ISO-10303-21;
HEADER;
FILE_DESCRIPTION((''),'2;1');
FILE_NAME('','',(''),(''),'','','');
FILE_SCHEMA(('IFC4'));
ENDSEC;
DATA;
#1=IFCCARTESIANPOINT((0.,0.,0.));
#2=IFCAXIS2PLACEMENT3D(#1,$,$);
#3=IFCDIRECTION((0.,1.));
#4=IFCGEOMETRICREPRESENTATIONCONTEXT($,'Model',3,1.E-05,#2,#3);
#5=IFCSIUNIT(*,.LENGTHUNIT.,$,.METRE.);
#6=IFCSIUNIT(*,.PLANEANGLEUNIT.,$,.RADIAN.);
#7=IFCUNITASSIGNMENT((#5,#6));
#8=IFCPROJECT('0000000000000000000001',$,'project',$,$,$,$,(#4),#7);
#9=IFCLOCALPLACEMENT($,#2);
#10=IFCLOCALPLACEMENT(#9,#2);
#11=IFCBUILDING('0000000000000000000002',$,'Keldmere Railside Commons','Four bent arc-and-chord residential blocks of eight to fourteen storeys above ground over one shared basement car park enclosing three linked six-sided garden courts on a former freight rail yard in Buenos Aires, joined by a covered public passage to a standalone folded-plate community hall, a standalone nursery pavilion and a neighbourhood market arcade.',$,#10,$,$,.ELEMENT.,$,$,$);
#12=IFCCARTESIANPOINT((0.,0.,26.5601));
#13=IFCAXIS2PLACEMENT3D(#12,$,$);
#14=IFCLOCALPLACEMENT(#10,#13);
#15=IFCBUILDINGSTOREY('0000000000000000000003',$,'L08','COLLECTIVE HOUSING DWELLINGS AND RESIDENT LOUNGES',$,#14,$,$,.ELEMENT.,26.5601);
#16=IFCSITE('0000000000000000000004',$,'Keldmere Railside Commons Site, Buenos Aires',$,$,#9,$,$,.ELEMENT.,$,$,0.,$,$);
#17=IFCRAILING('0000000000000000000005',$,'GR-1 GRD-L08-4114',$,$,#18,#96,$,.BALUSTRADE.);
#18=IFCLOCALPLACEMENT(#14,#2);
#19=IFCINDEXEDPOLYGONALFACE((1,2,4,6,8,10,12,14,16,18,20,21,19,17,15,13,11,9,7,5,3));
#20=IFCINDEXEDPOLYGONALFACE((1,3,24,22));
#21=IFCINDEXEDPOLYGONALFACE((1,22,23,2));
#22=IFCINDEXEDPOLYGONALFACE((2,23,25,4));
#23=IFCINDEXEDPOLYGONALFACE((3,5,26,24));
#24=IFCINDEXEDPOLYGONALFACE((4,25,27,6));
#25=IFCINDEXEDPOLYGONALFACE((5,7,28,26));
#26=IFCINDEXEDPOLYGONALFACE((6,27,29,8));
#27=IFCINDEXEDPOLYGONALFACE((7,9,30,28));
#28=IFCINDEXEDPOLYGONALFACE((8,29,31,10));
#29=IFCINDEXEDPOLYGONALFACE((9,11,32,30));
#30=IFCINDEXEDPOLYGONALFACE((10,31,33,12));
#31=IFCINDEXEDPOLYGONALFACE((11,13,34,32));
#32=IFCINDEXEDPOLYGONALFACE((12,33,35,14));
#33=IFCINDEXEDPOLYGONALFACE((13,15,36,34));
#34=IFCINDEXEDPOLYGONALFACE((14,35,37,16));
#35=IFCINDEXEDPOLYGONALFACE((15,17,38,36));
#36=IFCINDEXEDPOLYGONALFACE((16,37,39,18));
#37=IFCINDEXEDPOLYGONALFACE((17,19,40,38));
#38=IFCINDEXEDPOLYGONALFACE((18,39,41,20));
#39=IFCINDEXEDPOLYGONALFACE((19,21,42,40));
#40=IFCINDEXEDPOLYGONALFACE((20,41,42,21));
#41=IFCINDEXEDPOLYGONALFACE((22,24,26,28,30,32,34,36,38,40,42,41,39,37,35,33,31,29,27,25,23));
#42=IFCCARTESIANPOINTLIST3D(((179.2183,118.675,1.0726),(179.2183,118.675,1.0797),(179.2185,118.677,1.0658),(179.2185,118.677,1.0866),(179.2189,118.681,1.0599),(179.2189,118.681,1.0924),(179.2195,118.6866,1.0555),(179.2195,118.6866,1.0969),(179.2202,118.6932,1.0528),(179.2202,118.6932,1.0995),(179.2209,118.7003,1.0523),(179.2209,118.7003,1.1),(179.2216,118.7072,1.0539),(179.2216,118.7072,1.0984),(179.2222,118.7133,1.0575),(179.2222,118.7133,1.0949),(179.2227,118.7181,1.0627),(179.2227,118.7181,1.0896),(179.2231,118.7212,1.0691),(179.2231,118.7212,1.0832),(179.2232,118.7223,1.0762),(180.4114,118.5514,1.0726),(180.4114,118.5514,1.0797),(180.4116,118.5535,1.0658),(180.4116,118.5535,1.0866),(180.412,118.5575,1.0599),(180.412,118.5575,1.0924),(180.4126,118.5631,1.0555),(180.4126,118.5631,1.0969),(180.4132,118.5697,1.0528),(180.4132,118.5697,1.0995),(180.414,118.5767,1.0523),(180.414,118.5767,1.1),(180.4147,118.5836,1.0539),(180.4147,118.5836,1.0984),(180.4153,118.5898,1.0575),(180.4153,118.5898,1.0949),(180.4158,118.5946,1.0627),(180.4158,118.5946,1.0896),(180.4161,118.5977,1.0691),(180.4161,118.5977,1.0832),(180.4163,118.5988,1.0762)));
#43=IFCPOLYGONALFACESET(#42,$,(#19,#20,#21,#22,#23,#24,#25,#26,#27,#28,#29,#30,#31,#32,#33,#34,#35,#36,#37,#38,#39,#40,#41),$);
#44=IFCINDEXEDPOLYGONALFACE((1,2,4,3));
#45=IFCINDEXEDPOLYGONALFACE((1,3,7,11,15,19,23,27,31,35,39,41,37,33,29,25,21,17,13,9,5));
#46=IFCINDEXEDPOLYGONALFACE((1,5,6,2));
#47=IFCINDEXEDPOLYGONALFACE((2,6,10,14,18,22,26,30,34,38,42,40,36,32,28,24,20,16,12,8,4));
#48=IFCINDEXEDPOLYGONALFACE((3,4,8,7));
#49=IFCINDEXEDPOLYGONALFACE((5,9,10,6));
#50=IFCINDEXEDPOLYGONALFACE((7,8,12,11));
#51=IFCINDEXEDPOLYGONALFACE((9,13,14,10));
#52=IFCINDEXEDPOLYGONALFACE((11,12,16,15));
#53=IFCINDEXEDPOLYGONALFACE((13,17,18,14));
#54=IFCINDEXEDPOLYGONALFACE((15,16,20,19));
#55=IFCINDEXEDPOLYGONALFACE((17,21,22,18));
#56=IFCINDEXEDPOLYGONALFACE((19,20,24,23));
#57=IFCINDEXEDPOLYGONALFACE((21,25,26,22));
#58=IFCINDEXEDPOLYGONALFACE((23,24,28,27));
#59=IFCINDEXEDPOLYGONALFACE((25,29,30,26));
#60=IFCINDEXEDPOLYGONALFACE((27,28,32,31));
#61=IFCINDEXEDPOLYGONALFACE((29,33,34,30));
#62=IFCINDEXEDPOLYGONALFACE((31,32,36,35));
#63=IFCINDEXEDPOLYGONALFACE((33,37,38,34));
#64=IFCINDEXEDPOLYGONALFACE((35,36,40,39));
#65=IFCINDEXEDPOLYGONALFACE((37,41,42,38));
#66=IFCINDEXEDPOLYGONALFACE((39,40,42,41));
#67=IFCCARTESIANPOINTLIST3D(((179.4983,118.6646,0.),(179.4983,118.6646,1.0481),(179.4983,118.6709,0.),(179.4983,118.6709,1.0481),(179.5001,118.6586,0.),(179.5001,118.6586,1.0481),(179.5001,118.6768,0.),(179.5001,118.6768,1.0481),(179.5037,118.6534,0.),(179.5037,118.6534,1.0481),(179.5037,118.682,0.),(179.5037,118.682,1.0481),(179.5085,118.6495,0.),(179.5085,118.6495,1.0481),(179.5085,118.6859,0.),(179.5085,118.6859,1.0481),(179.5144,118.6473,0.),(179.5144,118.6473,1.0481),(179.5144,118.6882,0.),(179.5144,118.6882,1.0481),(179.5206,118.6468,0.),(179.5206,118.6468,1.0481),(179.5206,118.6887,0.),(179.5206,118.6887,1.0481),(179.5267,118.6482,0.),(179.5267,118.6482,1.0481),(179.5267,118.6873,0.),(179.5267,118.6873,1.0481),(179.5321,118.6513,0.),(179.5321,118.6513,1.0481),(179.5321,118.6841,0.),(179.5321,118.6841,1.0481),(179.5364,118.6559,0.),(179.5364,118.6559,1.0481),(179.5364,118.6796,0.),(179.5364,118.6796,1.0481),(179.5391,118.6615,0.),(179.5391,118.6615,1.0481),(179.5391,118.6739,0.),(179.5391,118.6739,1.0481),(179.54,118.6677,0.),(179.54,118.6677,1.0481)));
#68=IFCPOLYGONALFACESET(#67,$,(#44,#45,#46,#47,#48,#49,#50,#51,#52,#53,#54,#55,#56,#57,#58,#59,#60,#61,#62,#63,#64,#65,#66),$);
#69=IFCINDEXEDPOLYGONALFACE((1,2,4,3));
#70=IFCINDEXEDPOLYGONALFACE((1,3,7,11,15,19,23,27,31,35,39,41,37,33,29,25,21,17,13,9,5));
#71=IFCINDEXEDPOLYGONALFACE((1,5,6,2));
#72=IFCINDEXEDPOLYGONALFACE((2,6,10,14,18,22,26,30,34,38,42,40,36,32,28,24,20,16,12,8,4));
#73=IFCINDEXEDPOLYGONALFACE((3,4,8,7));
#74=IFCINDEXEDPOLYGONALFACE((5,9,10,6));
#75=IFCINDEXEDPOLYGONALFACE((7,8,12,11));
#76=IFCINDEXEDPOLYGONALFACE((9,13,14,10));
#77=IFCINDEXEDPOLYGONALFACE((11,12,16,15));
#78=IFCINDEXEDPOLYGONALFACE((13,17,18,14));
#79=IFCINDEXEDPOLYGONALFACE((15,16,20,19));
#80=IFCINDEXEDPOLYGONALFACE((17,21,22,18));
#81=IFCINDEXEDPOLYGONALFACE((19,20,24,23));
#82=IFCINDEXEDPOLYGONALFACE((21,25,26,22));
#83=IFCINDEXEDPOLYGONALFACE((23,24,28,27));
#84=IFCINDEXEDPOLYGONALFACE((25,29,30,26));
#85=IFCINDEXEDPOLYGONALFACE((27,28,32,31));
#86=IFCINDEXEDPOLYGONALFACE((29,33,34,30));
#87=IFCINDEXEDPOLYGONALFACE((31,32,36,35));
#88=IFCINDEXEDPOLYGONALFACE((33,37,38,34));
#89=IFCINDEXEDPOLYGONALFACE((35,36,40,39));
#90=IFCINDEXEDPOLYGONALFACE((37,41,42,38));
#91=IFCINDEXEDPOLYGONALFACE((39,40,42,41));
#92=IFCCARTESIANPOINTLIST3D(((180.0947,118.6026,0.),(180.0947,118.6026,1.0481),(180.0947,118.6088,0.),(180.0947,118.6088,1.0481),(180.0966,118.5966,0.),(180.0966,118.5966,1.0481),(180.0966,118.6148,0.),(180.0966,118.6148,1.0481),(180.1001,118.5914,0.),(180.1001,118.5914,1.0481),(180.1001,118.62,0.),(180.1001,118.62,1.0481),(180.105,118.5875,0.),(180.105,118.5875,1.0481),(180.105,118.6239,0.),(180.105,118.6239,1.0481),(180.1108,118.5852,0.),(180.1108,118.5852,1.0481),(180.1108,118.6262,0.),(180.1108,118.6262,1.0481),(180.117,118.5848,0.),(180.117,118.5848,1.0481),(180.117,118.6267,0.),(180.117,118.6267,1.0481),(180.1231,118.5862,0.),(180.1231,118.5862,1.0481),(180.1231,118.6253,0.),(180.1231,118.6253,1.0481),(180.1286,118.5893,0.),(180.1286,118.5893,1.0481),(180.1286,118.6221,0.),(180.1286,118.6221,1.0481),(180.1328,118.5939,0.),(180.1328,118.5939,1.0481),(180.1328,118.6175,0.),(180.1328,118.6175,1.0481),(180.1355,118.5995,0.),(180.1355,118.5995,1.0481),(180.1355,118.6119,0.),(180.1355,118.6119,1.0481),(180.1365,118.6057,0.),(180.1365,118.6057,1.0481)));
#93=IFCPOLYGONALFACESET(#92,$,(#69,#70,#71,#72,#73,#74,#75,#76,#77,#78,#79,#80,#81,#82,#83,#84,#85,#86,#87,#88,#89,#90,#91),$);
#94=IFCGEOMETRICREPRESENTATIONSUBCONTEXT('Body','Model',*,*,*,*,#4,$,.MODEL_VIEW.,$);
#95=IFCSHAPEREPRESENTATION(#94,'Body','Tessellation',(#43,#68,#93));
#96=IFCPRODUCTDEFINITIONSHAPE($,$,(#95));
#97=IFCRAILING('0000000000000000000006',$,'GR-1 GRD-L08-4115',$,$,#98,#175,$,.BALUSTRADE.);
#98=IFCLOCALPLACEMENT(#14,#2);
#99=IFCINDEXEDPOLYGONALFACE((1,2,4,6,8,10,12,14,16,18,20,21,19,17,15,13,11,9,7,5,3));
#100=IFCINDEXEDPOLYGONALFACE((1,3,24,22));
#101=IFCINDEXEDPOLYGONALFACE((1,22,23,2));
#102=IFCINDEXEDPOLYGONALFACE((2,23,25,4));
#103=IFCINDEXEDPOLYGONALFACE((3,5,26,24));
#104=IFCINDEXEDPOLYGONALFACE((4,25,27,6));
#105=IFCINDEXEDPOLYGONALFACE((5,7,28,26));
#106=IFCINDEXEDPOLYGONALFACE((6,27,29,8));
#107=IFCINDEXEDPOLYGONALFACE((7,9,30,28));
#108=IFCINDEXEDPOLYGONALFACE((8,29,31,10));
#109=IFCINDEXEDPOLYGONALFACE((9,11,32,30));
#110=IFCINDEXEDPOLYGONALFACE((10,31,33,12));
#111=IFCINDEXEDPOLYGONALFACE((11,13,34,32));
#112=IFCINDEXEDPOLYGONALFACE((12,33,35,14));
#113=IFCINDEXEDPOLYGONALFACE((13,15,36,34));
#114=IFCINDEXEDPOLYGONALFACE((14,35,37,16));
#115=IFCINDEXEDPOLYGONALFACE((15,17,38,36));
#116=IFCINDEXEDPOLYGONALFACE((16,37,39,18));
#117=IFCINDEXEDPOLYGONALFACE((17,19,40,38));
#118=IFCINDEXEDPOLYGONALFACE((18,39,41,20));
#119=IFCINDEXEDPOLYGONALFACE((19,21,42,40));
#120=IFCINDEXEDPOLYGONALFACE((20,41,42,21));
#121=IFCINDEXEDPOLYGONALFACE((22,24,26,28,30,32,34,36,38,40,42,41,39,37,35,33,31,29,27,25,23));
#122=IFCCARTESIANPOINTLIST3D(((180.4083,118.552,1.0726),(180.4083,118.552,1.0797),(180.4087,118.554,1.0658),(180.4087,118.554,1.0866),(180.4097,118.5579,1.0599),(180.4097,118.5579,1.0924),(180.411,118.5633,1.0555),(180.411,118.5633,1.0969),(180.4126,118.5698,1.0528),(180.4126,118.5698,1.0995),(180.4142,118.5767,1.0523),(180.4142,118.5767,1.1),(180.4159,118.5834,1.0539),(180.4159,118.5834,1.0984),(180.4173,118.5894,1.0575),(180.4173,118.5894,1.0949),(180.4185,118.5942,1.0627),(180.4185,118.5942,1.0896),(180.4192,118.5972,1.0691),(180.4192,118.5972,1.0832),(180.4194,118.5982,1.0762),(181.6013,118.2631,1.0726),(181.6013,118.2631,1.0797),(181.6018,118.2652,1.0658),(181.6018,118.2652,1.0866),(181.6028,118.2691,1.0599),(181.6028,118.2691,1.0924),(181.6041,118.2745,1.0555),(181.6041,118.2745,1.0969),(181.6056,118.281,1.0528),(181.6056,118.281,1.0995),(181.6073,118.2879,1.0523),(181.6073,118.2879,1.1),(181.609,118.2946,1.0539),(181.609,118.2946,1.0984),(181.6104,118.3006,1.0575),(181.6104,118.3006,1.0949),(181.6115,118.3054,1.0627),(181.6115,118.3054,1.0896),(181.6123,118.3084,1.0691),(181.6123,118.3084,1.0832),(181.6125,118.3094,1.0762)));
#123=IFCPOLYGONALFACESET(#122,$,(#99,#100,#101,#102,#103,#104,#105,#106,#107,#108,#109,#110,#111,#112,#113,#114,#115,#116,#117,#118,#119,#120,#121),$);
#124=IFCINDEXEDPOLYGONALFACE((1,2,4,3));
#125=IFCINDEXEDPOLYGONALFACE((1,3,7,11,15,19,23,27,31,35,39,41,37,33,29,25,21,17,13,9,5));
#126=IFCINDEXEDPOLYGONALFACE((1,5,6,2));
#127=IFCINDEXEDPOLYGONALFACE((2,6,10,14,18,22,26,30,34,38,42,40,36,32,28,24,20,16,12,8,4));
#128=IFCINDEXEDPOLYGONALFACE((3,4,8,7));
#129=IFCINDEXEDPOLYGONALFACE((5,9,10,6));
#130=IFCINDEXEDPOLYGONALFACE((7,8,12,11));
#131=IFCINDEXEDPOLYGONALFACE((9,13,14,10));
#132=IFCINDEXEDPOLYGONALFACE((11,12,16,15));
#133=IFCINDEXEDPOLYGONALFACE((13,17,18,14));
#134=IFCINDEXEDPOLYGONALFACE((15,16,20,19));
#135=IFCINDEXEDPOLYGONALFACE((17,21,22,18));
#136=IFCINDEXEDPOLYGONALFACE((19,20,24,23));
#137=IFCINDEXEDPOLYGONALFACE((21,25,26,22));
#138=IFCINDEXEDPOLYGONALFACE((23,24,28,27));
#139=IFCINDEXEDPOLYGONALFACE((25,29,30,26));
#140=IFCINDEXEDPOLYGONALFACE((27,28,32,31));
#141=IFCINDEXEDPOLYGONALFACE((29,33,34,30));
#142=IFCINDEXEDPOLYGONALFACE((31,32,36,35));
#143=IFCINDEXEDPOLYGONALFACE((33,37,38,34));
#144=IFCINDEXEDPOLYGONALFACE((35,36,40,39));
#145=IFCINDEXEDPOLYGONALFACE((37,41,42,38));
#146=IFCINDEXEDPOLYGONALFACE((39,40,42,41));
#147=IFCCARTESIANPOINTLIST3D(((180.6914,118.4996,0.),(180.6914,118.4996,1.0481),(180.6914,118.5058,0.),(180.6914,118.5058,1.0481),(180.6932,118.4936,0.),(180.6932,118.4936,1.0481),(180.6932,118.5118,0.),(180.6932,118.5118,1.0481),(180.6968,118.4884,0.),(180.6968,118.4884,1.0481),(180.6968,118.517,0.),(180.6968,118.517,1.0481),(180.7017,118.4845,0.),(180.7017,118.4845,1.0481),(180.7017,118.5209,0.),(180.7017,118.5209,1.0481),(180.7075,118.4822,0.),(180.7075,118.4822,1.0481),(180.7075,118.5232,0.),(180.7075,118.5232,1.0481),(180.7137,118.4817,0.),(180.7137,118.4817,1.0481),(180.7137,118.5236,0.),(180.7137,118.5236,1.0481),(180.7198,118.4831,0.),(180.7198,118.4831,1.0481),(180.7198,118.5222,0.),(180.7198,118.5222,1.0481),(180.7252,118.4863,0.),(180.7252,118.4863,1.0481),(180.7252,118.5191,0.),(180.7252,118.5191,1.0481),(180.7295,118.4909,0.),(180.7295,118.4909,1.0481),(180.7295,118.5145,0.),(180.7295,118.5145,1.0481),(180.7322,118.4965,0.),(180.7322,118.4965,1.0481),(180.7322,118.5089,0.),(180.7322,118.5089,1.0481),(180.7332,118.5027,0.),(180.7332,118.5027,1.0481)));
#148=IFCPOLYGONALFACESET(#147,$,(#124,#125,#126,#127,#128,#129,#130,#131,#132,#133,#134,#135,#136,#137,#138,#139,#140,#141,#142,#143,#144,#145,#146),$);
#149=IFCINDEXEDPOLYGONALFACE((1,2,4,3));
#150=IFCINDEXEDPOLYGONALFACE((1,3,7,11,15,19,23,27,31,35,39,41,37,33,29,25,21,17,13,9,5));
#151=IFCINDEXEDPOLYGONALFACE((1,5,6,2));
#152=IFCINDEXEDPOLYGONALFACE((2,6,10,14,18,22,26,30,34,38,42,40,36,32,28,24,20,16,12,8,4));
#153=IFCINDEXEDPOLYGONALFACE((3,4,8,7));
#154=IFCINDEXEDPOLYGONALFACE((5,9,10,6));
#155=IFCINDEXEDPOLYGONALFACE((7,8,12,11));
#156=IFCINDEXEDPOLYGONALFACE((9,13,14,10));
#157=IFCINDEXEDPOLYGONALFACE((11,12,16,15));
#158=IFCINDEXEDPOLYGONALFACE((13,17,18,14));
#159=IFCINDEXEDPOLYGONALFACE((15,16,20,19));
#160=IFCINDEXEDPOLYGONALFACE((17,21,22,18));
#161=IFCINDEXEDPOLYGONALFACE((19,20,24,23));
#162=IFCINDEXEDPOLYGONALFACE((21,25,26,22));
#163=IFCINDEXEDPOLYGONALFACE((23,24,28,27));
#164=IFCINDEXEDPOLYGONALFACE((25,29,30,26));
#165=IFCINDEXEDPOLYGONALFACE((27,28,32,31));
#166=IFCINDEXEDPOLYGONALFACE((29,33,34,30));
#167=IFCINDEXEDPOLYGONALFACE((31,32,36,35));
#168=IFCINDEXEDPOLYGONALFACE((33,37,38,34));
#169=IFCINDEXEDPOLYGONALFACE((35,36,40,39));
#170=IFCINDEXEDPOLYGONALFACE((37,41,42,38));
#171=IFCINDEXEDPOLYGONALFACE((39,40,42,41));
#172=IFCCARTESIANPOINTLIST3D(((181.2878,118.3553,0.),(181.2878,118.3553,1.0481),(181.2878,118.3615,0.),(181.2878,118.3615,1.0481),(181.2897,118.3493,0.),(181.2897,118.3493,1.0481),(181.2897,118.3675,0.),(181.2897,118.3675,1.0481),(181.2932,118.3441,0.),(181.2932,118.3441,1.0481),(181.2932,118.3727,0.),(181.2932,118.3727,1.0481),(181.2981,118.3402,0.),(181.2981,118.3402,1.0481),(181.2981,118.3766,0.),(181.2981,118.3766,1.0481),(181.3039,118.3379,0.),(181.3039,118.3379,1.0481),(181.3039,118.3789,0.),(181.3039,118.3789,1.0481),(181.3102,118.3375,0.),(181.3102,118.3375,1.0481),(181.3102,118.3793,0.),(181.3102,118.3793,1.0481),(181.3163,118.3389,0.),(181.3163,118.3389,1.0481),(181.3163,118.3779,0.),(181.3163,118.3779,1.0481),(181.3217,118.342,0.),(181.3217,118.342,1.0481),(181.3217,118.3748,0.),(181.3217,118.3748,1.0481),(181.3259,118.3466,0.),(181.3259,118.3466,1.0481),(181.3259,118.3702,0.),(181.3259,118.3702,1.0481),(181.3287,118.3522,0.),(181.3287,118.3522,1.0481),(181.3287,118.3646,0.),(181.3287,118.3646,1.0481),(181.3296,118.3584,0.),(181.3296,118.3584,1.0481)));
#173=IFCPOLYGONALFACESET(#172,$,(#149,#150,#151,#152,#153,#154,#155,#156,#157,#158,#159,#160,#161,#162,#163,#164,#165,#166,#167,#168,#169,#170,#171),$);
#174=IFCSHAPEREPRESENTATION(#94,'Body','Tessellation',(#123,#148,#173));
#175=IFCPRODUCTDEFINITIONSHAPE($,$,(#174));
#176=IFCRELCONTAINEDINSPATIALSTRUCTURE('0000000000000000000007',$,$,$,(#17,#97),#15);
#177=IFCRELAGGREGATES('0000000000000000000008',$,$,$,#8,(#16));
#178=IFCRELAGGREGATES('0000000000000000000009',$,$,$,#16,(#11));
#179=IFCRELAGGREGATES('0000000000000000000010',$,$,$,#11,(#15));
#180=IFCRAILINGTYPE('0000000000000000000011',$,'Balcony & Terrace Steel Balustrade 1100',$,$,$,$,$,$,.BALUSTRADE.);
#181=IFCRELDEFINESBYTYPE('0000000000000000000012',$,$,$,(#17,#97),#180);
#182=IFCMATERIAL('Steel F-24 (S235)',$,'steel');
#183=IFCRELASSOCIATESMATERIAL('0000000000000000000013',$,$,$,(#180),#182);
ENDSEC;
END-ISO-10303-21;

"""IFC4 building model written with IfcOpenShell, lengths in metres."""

from ifc_helpers import new_model, si_unit, direction, frame, origin, origin_2d, place, context, subcontext, project, spatial, circle, extrude, material, type_object, element, save


model = new_model("IFC4")

# Units and contexts
model_context = context("Model", 3, precision=1e-05, world=origin(), true_north=direction((0.0, 1.0)))
body_context = subcontext(model_context, "Body", "Model", "MODEL_VIEW")
ifc_project = project(units=[si_unit("LENGTHUNIT", "METRE"), si_unit("PLANEANGLEUNIT", "RADIAN")], contexts=[model_context])

# Site, building, storey
site_placement = place(None, origin())
site = spatial("IfcSite", under=ifc_project, at=site_placement, Name="Keldmere Railside Commons Site, Buenos Aires", CompositionType="ELEMENT", RefElevation=0.0)
building_placement = place(site_placement, origin())
building = spatial("IfcBuilding", under=site, at=building_placement, Name="Keldmere Railside Commons", Description="Four bent arc-and-chord residential blocks of eight to fourteen storeys above ground over one shared basement car park enclosing three linked six-sided garden courts on a former freight rail yard in Buenos Aires, joined by a covered public passage to a standalone folded-plate community hall, a standalone nursery pavilion and a neighbourhood market arcade.", CompositionType="ELEMENT")
storey_placement = place(building_placement, frame((0.0, 0.0, 26.5601)))
storey = spatial("IfcBuildingStorey", under=building, at=storey_placement, Name="L08", Description="COLLECTIVE HOUSING DWELLINGS AND RESIDENT LOUNGES", CompositionType="ELEMENT", Elevation=26.5601)

# Railings
ifc_material_1 = material(Name="Steel F-24 (S235)", Category="steel")
railing_type = type_object("IfcRailingType", Name="Balcony & Terrace Steel Balustrade 1100", PredefinedType="BALUSTRADE", material=ifc_material_1)
railing_1_placement = place(storey_placement, frame((179.2207, 118.6985, 0.0)))
element("IfcRailing", 1, at=railing_1_placement, inside=storey, type_object=railing_type, Name="GR-1 GRD-L08-4114", PredefinedType="BALUSTRADE", context=body_context, shape_type="SweptSolid", body=[
    extrude(circle(Radius=0.0239, at=origin_2d()), frame((0.0, 0.0, 1.0762), z_axis=(0.994682, -0.102989, 0.0), x_axis=(0.102989, 0.994682, 0.0)), (0.0, 0.0, 1.0), 1.1995),
    extrude(circle(Radius=0.021, at=origin_2d()), frame((0.2983, -0.0308, 0.0)), (0.0, 0.0, 1.0), 1.0481),
    extrude(circle(Radius=0.021, at=origin_2d()), frame((0.8948, -0.0928, 0.0)), (0.0, 0.0, 1.0), 1.0481),
])
railing_2_placement = place(storey_placement, frame((180.4138, 118.575, 0.0)))
element("IfcRailing", 2, at=railing_2_placement, inside=storey, type_object=railing_type, Name="GR-1 GRD-L08-4115", PredefinedType="BALUSTRADE", context=body_context, shape_type="SweptSolid", body=[
    extrude(circle(Radius=0.0239, at=origin_2d()), frame((0.0, 0.0, 1.0762), z_axis=(0.971929, -0.235276, 0.0), x_axis=(0.235276, 0.971929, 0.0)), (0.0, 0.0, 1.0), 1.2275),
    extrude(circle(Radius=0.021, at=origin_2d()), frame((0.2983, -0.0723, 0.0)), (0.0, 0.0, 1.0), 1.0481),
    extrude(circle(Radius=0.021, at=origin_2d()), frame((0.8948, -0.2166, 0.0)), (0.0, 0.0, 1.0), 1.0481),
])

save(model, "model.ifc")
